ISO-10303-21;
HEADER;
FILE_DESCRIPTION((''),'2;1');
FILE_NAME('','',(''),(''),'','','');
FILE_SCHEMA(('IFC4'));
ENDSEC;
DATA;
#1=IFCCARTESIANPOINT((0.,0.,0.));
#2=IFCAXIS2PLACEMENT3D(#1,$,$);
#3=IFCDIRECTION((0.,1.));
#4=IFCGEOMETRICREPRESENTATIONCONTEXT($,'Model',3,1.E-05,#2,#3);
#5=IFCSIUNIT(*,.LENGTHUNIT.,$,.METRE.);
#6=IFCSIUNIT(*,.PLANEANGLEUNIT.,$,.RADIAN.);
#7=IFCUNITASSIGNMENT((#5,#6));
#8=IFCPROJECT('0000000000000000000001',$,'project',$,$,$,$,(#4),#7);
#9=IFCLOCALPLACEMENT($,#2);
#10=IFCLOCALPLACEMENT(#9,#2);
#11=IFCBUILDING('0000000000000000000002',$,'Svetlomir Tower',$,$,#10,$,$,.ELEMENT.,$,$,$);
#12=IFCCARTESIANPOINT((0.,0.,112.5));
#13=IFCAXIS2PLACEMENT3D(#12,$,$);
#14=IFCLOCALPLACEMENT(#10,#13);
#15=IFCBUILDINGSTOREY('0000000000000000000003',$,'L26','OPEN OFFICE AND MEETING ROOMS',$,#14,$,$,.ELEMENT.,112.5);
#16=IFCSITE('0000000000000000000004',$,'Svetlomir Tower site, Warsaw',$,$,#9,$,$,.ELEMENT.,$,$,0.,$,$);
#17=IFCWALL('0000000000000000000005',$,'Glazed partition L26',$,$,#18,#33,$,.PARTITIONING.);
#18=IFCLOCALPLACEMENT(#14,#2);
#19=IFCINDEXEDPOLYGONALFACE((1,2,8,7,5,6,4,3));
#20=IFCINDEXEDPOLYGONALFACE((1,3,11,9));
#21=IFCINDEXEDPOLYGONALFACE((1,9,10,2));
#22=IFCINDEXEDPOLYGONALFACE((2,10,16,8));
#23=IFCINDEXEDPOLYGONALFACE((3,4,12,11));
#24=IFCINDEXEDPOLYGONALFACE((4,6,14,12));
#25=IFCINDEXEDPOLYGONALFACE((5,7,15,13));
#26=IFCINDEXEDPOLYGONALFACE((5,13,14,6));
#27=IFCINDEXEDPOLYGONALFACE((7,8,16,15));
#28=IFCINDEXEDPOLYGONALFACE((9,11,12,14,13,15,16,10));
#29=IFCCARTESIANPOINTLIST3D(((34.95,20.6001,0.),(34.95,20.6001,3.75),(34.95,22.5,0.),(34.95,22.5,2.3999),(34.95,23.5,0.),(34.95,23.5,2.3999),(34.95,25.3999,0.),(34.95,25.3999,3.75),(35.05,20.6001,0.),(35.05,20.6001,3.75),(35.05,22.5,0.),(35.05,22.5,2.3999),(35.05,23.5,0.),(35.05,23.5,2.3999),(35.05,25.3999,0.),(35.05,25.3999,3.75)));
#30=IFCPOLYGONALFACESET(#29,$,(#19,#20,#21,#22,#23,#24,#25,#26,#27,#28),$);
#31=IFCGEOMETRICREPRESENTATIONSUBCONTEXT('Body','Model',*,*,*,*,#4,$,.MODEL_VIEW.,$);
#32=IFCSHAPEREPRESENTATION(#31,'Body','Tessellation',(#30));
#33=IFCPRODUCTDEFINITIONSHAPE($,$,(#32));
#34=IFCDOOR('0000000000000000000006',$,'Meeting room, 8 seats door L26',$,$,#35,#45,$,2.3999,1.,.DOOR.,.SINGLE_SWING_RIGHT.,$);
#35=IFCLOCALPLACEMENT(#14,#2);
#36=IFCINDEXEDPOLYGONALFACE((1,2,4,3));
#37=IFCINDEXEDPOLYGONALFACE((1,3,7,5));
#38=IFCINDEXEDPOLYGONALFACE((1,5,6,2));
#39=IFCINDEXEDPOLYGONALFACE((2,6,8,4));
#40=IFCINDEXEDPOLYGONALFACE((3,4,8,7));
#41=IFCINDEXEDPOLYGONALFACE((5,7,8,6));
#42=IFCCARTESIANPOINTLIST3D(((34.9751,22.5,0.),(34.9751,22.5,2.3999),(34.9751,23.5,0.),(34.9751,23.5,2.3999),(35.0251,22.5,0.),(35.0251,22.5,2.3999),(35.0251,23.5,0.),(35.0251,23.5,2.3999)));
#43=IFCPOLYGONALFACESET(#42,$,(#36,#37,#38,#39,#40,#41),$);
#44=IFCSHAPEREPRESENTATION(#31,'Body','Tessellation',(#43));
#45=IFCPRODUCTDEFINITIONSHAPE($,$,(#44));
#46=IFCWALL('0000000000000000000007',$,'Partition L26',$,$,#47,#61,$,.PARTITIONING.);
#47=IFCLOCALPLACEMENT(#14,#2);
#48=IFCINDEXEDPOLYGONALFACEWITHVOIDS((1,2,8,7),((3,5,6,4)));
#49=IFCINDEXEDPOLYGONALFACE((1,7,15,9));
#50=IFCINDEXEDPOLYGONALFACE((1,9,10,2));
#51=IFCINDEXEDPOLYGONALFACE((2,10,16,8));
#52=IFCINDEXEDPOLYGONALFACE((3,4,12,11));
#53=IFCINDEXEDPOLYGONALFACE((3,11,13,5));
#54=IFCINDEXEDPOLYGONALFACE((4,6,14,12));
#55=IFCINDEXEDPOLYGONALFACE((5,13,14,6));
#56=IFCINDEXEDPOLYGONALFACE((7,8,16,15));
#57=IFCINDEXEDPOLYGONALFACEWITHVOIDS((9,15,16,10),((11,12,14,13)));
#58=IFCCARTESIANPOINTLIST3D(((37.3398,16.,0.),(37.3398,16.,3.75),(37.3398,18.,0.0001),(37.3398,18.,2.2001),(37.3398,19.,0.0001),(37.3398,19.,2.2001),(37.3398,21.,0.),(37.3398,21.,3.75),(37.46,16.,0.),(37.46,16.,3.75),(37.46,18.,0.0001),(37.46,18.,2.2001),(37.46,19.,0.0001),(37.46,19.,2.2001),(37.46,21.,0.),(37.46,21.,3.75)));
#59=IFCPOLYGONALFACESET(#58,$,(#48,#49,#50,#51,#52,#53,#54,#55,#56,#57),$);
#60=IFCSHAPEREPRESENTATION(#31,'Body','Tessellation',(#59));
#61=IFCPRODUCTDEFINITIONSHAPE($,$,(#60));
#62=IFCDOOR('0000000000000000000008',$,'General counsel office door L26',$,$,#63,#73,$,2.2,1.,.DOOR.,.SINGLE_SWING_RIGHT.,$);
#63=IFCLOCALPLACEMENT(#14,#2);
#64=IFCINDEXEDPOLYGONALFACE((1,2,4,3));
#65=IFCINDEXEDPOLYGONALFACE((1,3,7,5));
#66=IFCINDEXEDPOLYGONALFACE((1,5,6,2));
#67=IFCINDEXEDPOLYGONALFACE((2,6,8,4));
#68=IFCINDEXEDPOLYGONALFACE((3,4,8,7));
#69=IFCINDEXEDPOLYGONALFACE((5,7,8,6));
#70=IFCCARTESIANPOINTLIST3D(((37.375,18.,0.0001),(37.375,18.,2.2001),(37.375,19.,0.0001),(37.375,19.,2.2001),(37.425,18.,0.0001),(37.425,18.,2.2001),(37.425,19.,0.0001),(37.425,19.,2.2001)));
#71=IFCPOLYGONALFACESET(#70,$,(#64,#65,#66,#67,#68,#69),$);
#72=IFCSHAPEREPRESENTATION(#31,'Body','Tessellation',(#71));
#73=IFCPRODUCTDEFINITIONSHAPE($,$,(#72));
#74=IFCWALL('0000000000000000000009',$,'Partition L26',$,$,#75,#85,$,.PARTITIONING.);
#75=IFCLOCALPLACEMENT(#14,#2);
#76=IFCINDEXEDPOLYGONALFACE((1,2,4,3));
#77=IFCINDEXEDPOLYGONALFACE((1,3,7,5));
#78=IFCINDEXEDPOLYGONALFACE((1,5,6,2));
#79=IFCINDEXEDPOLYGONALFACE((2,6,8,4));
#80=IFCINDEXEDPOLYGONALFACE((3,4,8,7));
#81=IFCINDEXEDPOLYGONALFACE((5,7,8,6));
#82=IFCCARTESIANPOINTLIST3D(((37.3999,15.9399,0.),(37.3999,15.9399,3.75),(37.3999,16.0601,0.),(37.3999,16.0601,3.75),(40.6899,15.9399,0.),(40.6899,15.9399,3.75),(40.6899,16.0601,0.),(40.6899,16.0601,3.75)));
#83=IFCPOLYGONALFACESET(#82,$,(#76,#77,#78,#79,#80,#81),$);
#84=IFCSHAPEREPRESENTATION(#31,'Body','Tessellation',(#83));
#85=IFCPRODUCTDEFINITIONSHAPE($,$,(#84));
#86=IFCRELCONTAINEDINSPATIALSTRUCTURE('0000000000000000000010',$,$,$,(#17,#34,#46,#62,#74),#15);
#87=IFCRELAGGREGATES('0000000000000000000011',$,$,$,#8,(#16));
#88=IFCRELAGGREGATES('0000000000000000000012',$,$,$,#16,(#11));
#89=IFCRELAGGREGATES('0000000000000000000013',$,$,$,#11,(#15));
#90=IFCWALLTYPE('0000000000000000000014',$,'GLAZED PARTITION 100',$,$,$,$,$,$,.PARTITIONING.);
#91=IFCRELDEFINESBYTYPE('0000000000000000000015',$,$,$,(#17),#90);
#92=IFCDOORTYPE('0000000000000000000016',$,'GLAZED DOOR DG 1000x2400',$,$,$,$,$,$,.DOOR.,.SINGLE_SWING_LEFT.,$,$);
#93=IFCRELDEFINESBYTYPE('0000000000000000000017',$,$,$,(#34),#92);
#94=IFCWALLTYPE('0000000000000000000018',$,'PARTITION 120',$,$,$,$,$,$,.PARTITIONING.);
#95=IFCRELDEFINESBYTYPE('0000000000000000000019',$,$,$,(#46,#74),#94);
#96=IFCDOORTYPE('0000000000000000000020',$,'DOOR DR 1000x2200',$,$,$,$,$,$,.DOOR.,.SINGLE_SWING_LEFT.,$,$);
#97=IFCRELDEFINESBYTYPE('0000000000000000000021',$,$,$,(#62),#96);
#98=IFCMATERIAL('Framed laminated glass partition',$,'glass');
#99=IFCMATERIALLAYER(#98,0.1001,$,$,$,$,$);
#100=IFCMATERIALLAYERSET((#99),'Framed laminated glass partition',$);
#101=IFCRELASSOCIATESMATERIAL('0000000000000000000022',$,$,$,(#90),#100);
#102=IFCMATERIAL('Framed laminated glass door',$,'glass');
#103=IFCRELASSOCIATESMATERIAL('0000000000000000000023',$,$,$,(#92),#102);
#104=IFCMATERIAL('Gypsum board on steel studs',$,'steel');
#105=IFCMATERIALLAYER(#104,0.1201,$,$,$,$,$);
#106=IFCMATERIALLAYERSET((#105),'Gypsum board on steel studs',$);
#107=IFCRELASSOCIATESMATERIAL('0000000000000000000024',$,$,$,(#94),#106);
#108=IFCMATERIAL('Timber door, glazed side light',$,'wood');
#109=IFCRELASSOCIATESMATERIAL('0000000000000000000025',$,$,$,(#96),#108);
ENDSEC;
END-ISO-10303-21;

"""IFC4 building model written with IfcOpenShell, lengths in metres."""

from ifc_helpers import new_model, si_unit, direction, frame, frame_2d, origin, place, context, subcontext, project, spatial, rectangle, extrude, material, layer, layer_set, type_object, element, fill, save


model = new_model("IFC4")

# Units and contexts
model_context = context("Model", 3, precision=1e-05, world=origin(), true_north=direction((0.0, 1.0)))
body_context = subcontext(model_context, "Body", "Model", "MODEL_VIEW")
ifc_project = project(units=[si_unit("LENGTHUNIT", "METRE"), si_unit("PLANEANGLEUNIT", "RADIAN")], contexts=[model_context])

# Site, building, storey
site_placement = place(None, origin())
site = spatial("IfcSite", under=ifc_project, at=site_placement, Name="Svetlomir Tower site, Warsaw", CompositionType="ELEMENT", RefElevation=0.0)
building_placement = place(site_placement, origin())
building = spatial("IfcBuilding", under=site, at=building_placement, Name="Svetlomir Tower", CompositionType="ELEMENT")
storey_placement = place(building_placement, frame((0.0, 0.0, 112.5)))
storey = spatial("IfcBuildingStorey", under=building, at=storey_placement, Name="L26", Description="OPEN OFFICE AND MEETING ROOMS", CompositionType="ELEMENT", Elevation=112.5)

# Shared definitions
ifc_material_1 = material(Name="Framed laminated glass partition", Category="glass")
ifc_layer_1 = layer(ifc_material_1, 0.1001)
ifc_layer_set_1 = layer_set([ifc_layer_1], Name="Framed laminated glass partition")
wall_type_1 = type_object("IfcWallType", Name="GLAZED PARTITION 100", PredefinedType="PARTITIONING", material=ifc_layer_set_1)

# Walls, openings, doors
ifc_material_2 = material(Name="Framed laminated glass door", Category="glass")
door_type_1 = type_object("IfcDoorType", Name="GLAZED DOOR DG 1000x2400", OperationType="SINGLE_SWING_LEFT", PredefinedType="DOOR", material=ifc_material_2)
wall_1_placement = place(storey_placement, frame((35.0, 20.6001, 0.0), z_axis=(0.0, 0.0, 1.0), x_axis=(0.0, 1.0, 0.0)))
wall_1 = element("IfcWall", 1, at=wall_1_placement, inside=storey, type_object=wall_type_1, Name="Glazed partition L26", PredefinedType="PARTITIONING", context=body_context, shape_type="SweptSolid", body=[
    extrude(rectangle(XDim=4.7998, YDim=0.1001, at=frame_2d((2.3999, 0.0))), origin(), (0.0, 0.0, 1.0), 3.75),
])
opening_1_placement = place(wall_1_placement, frame((1.8999, 0.0, 0.0)))
opening_1 = element("IfcOpeningElement", 2, at=opening_1_placement, cuts=wall_1, PredefinedType="OPENING", context=body_context, shape_type="SweptSolid", body=[
    extrude(rectangle(XDim=1.0, YDim=2.3999, at=frame_2d((0.5, 1.2))), frame((0.0, 0.0601, 0.0), z_axis=(0.0, -1.0, 0.0), x_axis=(1.0, 0.0, 0.0)), (0.0, 0.0, 1.0), 0.1201),
])
door_1_placement = place(opening_1_placement, origin())
door_1 = element("IfcDoor", 3, at=door_1_placement, inside=storey, type_object=door_type_1, Name="Meeting room, 8 seats door L26", OperationType="SINGLE_SWING_RIGHT", OverallHeight=2.3999, OverallWidth=1.0, PredefinedType="DOOR", context=body_context, shape_type="SweptSolid", body=[
    extrude(rectangle(XDim=1.0, YDim=2.3999, at=frame_2d((0.5, 1.2))), frame((0.0, 0.0249, 0.0), z_axis=(0.0, -1.0, 0.0), x_axis=(1.0, 0.0, 0.0)), (0.0, 0.0, 1.0), 0.05),
])
fill(opening_1, door_1)
ifc_material_3 = material(Name="Gypsum board on steel studs", Category="steel")
ifc_layer_2 = layer(ifc_material_3, 0.1201)
ifc_layer_set_2 = layer_set([ifc_layer_2], Name="Gypsum board on steel studs")
wall_type_2 = type_object("IfcWallType", Name="PARTITION 120", PredefinedType="PARTITIONING", material=ifc_layer_set_2)
wall_2_placement = place(storey_placement, frame((37.3999, 16.0, 0.0), z_axis=(0.0, 0.0, 1.0), x_axis=(0.0, 1.0, 0.0)))
wall_2 = element("IfcWall", 4, at=wall_2_placement, inside=storey, type_object=wall_type_2, Name="Partition L26", PredefinedType="PARTITIONING", context=body_context, shape_type="SweptSolid", body=[
    extrude(rectangle(XDim=5.0, YDim=0.1201, at=frame_2d((2.5, 0.0))), origin(), (0.0, 0.0, 1.0), 3.75),
])
opening_2_placement = place(wall_2_placement, frame((2.0, 0.0, 0.0)))
opening_2 = element("IfcOpeningElement", 5, at=opening_2_placement, cuts=wall_2, PredefinedType="OPENING", context=body_context, shape_type="SweptSolid", body=[
    extrude(rectangle(XDim=1.0, YDim=2.2, at=frame_2d((0.5, 1.1001))), frame((0.0, 0.0701, 0.0), z_axis=(0.0, -1.0, 0.0), x_axis=(1.0, 0.0, 0.0)), (0.0, 0.0, 1.0), 0.1401),
])
ifc_material_4 = material(Name="Timber door, glazed side light", Category="wood")
door_type_2 = type_object("IfcDoorType", Name="DOOR DR 1000x2200", OperationType="SINGLE_SWING_LEFT", PredefinedType="DOOR", material=ifc_material_4)
door_2_placement = place(opening_2_placement, origin())
door_2 = element("IfcDoor", 6, at=door_2_placement, inside=storey, type_object=door_type_2, Name="General counsel office door L26", OperationType="SINGLE_SWING_RIGHT", OverallHeight=2.2, OverallWidth=1.0, PredefinedType="DOOR", context=body_context, shape_type="SweptSolid", body=[
    extrude(rectangle(XDim=1.0, YDim=2.2, at=frame_2d((0.5, 1.1001))), frame((0.0, 0.0249, 0.0), z_axis=(0.0, -1.0, 0.0), x_axis=(1.0, 0.0, 0.0)), (0.0, 0.0, 1.0), 0.05),
])
fill(opening_2, door_2)

# Wall
wall_3_placement = place(storey_placement, frame((37.3999, 16.0, 0.0), z_axis=(0.0, 0.0, 1.0), x_axis=(1.0, 0.0, 0.0)))
element("IfcWall", 7, at=wall_3_placement, inside=storey, type_object=wall_type_2, Name="Partition L26", PredefinedType="PARTITIONING", context=body_context, shape_type="SweptSolid", body=[
    extrude(rectangle(XDim=3.29, YDim=0.1201, at=frame_2d((1.645, 0.0))), origin(), (0.0, 0.0, 1.0), 3.75),
])

save(model, "model.ifc")
